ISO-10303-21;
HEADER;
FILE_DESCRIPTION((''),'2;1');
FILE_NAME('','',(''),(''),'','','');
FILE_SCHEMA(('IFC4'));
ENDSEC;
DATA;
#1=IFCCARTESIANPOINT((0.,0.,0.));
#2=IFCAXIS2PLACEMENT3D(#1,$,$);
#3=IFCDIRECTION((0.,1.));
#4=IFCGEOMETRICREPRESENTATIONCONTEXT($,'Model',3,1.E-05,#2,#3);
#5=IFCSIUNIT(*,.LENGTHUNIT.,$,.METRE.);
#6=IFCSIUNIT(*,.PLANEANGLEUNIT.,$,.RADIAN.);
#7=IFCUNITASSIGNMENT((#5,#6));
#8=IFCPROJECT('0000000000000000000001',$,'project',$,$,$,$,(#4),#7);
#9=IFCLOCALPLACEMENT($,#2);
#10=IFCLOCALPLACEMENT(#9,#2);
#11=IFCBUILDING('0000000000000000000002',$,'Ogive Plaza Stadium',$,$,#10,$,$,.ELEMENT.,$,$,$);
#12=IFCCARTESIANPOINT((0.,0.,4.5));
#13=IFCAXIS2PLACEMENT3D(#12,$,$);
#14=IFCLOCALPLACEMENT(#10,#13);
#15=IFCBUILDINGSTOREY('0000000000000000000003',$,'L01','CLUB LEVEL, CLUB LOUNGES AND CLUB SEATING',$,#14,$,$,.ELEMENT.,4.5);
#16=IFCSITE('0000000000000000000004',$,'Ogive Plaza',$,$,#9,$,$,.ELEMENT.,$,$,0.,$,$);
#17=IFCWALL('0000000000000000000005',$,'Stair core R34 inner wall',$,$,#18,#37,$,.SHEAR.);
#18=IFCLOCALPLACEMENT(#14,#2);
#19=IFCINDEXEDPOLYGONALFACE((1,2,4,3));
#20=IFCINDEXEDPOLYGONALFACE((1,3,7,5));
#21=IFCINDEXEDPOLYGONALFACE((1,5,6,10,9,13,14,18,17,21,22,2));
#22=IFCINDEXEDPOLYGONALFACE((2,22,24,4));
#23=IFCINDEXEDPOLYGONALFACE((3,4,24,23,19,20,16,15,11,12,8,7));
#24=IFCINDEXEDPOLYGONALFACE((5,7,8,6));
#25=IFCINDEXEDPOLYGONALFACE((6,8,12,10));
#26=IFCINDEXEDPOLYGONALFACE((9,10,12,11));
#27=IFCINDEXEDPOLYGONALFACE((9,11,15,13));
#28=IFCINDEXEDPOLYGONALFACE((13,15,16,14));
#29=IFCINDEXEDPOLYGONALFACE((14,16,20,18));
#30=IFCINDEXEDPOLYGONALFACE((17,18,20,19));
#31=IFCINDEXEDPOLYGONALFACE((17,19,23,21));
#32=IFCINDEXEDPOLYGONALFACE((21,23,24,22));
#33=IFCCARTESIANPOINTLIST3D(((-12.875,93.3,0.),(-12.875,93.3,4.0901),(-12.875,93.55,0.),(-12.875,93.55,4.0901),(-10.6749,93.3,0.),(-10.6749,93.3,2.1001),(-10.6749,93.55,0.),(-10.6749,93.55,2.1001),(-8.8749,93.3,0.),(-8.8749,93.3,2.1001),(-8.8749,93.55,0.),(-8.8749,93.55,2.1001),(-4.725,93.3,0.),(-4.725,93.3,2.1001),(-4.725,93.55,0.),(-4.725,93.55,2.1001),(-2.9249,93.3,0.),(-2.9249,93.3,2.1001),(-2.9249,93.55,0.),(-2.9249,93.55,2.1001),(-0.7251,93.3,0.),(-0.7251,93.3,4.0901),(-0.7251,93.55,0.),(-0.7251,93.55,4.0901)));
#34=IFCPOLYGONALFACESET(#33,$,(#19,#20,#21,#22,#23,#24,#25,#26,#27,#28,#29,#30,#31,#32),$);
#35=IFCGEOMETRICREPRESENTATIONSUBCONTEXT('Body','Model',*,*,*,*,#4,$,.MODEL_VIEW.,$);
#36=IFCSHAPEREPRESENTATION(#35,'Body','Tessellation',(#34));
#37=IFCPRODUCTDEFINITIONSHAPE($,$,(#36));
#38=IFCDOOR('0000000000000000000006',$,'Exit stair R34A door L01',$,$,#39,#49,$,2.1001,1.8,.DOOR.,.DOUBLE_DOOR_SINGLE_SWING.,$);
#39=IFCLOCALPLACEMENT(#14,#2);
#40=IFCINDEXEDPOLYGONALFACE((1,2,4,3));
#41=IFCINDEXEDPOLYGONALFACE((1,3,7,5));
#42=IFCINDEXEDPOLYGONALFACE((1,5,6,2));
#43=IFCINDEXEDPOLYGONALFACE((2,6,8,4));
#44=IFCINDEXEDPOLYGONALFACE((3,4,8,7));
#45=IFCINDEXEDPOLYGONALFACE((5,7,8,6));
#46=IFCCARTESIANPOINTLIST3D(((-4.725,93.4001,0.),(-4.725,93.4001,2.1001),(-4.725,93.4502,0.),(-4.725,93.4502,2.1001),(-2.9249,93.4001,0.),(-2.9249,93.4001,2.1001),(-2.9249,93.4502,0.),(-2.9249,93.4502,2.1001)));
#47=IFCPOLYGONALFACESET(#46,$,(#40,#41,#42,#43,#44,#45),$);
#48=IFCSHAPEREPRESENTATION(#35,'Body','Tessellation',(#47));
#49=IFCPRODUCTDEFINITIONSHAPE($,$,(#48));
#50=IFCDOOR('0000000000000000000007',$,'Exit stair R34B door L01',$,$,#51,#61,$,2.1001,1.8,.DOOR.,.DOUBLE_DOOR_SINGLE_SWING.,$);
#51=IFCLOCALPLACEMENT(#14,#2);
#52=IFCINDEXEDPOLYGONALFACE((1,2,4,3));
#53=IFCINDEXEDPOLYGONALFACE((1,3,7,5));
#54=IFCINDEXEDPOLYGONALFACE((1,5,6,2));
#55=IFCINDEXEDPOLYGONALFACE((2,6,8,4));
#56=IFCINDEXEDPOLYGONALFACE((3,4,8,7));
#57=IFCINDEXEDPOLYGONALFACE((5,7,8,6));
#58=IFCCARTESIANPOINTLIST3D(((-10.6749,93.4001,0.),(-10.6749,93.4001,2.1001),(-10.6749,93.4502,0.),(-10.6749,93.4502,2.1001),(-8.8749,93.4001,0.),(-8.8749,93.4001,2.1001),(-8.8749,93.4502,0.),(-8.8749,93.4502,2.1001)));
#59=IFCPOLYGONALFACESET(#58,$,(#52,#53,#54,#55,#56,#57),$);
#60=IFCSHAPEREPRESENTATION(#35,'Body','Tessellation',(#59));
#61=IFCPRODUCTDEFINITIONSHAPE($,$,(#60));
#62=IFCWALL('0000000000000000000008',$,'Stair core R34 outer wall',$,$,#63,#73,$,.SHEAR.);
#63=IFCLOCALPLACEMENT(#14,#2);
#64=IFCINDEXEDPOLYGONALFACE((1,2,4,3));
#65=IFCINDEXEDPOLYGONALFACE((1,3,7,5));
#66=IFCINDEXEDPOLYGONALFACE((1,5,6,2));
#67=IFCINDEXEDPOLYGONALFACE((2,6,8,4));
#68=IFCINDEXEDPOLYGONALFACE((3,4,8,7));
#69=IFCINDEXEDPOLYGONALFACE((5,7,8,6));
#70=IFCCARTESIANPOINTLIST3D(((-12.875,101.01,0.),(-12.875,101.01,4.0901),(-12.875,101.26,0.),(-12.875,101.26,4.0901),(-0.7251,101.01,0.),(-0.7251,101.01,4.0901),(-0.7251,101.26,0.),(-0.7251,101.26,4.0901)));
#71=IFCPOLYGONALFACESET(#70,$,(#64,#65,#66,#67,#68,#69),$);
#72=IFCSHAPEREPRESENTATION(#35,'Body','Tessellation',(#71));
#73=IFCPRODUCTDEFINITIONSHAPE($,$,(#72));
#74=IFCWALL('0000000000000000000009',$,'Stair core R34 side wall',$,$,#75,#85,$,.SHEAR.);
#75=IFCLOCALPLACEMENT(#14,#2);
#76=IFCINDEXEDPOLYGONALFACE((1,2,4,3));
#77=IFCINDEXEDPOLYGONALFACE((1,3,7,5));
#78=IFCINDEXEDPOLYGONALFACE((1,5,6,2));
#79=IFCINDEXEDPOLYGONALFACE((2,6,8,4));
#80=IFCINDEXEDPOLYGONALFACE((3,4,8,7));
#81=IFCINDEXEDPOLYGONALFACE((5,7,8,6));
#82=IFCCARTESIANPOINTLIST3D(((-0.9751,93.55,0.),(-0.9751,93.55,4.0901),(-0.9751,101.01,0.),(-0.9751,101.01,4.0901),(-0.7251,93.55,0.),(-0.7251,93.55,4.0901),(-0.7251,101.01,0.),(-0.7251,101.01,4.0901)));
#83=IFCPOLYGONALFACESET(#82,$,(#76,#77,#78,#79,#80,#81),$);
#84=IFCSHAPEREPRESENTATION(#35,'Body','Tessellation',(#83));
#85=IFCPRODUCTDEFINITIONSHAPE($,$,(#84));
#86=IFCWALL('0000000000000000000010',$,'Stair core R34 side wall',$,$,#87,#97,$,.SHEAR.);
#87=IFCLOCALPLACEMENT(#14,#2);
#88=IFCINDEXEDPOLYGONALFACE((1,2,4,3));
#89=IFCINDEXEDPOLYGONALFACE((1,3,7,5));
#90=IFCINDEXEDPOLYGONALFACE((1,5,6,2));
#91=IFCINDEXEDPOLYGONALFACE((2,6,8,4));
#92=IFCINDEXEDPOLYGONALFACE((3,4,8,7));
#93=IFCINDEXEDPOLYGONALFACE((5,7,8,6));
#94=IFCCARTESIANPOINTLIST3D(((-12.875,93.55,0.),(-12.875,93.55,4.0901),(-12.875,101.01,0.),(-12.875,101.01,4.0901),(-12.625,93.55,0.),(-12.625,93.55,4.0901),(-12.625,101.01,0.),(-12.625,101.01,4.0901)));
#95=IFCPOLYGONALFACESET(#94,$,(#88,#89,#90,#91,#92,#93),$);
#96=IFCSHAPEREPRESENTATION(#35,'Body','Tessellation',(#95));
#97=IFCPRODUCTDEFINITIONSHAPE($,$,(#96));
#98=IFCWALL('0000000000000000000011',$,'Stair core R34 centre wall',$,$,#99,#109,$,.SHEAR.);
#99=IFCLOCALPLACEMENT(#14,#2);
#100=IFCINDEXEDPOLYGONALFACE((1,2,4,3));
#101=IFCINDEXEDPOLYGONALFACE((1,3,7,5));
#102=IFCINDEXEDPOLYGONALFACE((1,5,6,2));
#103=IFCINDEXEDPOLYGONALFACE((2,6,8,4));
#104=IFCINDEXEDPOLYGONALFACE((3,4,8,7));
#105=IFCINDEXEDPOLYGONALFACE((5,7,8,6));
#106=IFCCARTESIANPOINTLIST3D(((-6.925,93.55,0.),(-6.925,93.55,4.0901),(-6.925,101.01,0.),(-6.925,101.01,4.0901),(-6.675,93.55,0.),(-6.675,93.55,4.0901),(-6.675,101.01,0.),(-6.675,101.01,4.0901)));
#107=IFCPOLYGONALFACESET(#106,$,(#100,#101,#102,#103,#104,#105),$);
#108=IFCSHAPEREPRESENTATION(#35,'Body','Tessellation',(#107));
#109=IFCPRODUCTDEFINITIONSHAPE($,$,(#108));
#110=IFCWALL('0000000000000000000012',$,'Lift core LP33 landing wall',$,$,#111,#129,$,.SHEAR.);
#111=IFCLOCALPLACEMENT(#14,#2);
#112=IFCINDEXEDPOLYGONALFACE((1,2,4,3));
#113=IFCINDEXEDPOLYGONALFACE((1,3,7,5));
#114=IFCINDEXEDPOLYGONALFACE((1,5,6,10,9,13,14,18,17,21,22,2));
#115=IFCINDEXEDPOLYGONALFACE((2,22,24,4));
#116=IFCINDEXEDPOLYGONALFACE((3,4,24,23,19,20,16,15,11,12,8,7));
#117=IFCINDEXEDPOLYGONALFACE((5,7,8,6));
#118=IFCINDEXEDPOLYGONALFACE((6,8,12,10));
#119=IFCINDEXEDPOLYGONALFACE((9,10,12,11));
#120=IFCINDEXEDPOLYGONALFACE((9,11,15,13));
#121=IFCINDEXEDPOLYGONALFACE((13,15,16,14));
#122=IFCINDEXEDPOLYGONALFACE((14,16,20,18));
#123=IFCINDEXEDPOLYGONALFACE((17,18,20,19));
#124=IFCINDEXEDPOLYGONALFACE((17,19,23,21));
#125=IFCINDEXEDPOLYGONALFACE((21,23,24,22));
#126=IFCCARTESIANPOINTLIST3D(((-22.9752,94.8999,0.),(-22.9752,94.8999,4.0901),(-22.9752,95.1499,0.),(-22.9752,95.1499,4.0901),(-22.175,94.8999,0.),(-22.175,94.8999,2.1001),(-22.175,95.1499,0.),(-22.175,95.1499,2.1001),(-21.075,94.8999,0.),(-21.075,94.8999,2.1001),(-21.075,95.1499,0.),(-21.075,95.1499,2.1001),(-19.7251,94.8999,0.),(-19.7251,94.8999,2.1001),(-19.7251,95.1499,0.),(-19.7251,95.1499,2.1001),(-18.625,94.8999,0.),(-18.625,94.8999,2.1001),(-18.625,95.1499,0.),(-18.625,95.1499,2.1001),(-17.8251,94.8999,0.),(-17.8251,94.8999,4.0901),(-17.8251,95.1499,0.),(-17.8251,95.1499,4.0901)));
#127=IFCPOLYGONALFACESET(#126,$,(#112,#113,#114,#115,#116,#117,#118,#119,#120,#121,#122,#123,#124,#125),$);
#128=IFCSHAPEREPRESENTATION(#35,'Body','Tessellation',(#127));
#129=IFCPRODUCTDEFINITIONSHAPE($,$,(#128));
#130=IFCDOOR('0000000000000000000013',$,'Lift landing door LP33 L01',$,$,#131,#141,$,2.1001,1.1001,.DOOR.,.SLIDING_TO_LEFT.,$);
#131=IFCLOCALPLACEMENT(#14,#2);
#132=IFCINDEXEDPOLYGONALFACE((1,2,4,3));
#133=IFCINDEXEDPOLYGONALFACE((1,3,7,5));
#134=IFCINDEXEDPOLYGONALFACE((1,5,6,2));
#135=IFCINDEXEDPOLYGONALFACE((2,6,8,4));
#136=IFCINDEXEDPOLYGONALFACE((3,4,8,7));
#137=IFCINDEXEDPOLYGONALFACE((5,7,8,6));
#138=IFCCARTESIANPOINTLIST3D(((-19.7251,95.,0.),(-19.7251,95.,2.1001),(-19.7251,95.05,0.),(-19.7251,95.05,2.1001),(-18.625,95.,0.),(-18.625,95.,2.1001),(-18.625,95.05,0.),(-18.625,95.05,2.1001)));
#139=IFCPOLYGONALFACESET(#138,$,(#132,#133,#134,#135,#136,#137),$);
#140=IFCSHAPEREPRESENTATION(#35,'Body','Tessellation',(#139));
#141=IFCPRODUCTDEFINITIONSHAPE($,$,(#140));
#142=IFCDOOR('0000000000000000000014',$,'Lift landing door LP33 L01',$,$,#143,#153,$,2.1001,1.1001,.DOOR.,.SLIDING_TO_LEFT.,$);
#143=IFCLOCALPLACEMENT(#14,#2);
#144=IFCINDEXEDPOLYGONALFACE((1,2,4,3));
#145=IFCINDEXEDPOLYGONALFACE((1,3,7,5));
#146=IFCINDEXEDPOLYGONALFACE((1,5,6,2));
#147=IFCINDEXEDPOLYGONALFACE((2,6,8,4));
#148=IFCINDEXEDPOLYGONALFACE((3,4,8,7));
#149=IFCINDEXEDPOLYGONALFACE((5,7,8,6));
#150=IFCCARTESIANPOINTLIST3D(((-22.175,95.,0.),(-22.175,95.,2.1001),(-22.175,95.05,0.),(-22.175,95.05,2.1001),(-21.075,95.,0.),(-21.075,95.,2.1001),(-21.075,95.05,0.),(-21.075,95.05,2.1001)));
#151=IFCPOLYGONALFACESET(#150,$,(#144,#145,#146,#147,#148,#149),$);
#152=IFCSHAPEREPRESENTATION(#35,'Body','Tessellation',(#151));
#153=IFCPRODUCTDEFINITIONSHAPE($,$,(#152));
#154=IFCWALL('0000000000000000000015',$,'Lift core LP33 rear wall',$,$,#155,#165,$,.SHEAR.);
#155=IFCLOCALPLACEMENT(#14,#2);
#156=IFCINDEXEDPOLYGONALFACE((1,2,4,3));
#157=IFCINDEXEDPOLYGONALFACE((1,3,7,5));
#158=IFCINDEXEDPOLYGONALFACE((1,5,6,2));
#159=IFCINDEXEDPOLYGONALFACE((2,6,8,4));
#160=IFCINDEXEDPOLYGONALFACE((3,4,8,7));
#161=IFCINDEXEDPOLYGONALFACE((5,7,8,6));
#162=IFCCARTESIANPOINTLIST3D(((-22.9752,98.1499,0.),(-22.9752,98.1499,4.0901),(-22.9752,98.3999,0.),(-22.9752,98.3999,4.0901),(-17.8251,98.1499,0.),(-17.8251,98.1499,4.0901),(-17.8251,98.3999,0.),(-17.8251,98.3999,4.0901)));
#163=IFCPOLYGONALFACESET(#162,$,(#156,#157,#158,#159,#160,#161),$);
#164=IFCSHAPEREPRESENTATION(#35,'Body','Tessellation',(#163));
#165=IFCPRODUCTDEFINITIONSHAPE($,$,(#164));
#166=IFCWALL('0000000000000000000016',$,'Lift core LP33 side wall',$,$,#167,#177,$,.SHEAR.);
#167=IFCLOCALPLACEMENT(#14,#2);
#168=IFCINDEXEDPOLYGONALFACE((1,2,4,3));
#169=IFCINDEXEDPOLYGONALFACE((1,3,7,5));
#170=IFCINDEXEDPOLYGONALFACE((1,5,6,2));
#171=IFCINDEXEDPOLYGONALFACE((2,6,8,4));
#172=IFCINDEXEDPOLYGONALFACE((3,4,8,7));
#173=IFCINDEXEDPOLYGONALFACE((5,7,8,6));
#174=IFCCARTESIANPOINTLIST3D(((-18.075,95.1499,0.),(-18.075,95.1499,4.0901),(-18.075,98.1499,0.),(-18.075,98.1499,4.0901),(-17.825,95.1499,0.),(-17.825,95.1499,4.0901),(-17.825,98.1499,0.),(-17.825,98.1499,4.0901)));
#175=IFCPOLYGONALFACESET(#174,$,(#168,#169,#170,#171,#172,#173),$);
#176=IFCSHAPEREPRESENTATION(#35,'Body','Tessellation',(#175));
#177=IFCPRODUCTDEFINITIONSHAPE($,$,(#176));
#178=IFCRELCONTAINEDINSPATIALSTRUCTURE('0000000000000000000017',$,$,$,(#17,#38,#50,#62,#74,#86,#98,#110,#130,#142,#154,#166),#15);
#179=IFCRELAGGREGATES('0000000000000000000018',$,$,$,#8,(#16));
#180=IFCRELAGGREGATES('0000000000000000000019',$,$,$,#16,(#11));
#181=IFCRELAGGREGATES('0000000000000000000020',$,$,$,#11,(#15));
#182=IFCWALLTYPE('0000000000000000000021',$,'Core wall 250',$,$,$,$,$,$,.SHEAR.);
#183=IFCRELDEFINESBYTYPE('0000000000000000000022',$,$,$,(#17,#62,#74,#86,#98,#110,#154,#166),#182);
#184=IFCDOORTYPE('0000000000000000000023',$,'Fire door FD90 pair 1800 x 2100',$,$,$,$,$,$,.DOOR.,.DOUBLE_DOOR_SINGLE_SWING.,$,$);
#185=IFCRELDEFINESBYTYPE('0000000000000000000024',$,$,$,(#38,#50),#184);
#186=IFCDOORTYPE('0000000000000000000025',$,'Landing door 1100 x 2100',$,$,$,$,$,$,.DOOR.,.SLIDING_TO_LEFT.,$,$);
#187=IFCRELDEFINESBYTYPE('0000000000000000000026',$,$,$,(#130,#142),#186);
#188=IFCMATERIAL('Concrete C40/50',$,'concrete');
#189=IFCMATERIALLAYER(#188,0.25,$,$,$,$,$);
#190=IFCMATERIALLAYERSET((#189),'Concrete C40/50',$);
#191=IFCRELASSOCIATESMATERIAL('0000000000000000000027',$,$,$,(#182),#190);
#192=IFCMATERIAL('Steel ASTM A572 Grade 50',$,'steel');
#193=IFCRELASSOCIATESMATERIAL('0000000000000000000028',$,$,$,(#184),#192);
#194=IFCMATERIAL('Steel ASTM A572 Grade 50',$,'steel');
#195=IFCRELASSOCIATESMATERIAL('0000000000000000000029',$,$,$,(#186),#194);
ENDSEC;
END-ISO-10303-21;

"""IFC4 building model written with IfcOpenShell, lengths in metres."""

from ifc_helpers import new_model, si_unit, direction, frame, frame_2d, origin, place, context, subcontext, project, spatial, rectangle, extrude, material, layer, layer_set, type_object, element, fill, save


model = new_model("IFC4")

# Units and contexts
model_context = context("Model", 3, precision=1e-05, world=origin(), true_north=direction((0.0, 1.0)))
body_context = subcontext(model_context, "Body", "Model", "MODEL_VIEW")
ifc_project = project(units=[si_unit("LENGTHUNIT", "METRE"), si_unit("PLANEANGLEUNIT", "RADIAN")], contexts=[model_context])

# Site, building, storey
site_placement = place(None, origin())
site = spatial("IfcSite", under=ifc_project, at=site_placement, Name="Ogive Plaza", CompositionType="ELEMENT", RefElevation=0.0)
building_placement = place(site_placement, origin())
building = spatial("IfcBuilding", under=site, at=building_placement, Name="Ogive Plaza Stadium", CompositionType="ELEMENT")
storey_placement = place(building_placement, frame((0.0, 0.0, 4.5)))
storey = spatial("IfcBuildingStorey", under=building, at=storey_placement, Name="L01", Description="CLUB LEVEL, CLUB LOUNGES AND CLUB SEATING", CompositionType="ELEMENT", Elevation=4.5)

# Wall, openings, doors
ifc_material_1 = material(Name="Concrete C40/50", Category="concrete")
ifc_layer_1 = layer(ifc_material_1, 0.25)
ifc_layer_set_1 = layer_set([ifc_layer_1], Name="Concrete C40/50")
wall_type = type_object("IfcWallType", Name="Core wall 250", PredefinedType="SHEAR", material=ifc_layer_set_1)
wall_1_placement = place(storey_placement, frame((-0.7251, 93.425, 0.0), z_axis=(0.0, 0.0, 1.0), x_axis=(-1.0, 0.0, 0.0)))
wall_1 = element("IfcWall", 1, at=wall_1_placement, inside=storey, type_object=wall_type, Name="Stair core R34 inner wall", PredefinedType="SHEAR", context=body_context, shape_type="SweptSolid", body=[
    extrude(rectangle(XDim=12.1499, YDim=0.25, at=frame_2d((6.075, 0.0))), origin(), (0.0, 0.0, 1.0), 4.0901),
])
opening_1_placement = place(wall_1_placement, frame((2.2, 0.0, 0.0)))
opening_1 = element("IfcOpeningElement", 2, at=opening_1_placement, cuts=wall_1, PredefinedType="OPENING", context=body_context, shape_type="SweptSolid", body=[
    extrude(rectangle(XDim=1.8, YDim=2.1001, at=frame_2d((0.8999, 1.05))), frame((0.0, 0.125, 0.0), z_axis=(0.0, -1.0, 0.0), x_axis=(1.0, 0.0, 0.0)), (0.0, 0.0, 1.0), 0.25),
])
opening_2_placement = place(wall_1_placement, frame((8.1499, 0.0, 0.0)))
opening_2 = element("IfcOpeningElement", 3, at=opening_2_placement, cuts=wall_1, PredefinedType="OPENING", context=body_context, shape_type="SweptSolid", body=[
    extrude(rectangle(XDim=1.8, YDim=2.1001, at=frame_2d((0.8999, 1.05))), frame((0.0, 0.125, 0.0), z_axis=(0.0, -1.0, 0.0), x_axis=(1.0, 0.0, 0.0)), (0.0, 0.0, 1.0), 0.25),
])
ifc_material_2 = material(Name="Steel ASTM A572 Grade 50", Category="steel")
door_type_1 = type_object("IfcDoorType", Name="Fire door FD90 pair 1800 x 2100", OperationType="DOUBLE_DOOR_SINGLE_SWING", PredefinedType="DOOR", material=ifc_material_2)
door_1_placement = place(opening_1_placement, origin())
door_1 = element("IfcDoor", 4, at=door_1_placement, inside=storey, type_object=door_type_1, Name="Exit stair R34A door L01", OperationType="DOUBLE_DOOR_SINGLE_SWING", OverallHeight=2.1001, OverallWidth=1.8, PredefinedType="DOOR", context=body_context, shape_type="SweptSolid", body=[
    extrude(rectangle(XDim=1.8, YDim=2.1001, at=frame_2d((0.8999, 1.05))), frame((0.0, 0.0249, 0.0), z_axis=(0.0, -1.0, 0.0), x_axis=(1.0, 0.0, 0.0)), (0.0, 0.0, 1.0), 0.05),
])
fill(opening_1, door_1)
door_2_placement = place(opening_2_placement, origin())
door_2 = element("IfcDoor", 5, at=door_2_placement, inside=storey, type_object=door_type_1, Name="Exit stair R34B door L01", OperationType="DOUBLE_DOOR_SINGLE_SWING", OverallHeight=2.1001, OverallWidth=1.8, PredefinedType="DOOR", context=body_context, shape_type="SweptSolid", body=[
    extrude(rectangle(XDim=1.8, YDim=2.1001, at=frame_2d((0.8999, 1.05))), frame((0.0, 0.0249, 0.0), z_axis=(0.0, -1.0, 0.0), x_axis=(1.0, 0.0, 0.0)), (0.0, 0.0, 1.0), 0.05),
])
fill(opening_2, door_2)

# Walls
wall_2_placement = place(storey_placement, frame((-0.7251, 101.135, 0.0), z_axis=(0.0, 0.0, 1.0), x_axis=(-1.0, 0.0, 0.0)))
element("IfcWall", 6, at=wall_2_placement, inside=storey, type_object=wall_type, Name="Stair core R34 outer wall", PredefinedType="SHEAR", context=body_context, shape_type="SweptSolid", body=[
    extrude(rectangle(XDim=12.1499, YDim=0.25, at=frame_2d((6.075, 0.0))), origin(), (0.0, 0.0, 1.0), 4.0901),
])
for number, where, z_axis, x_axis, name in (
    (7, (-0.8501, 93.55, 0.0), (0.0, 0.0, 1.0), (0.0, 1.0, 0.0), "Stair core R34 side wall"),
    (8, (-12.75, 93.55, 0.0), (0.0, 0.0, 1.0), (0.0, 1.0, 0.0), "Stair core R34 side wall"),
    (9, (-6.8, 93.55, 0.0), (0.0, 0.0, 1.0), (0.0, 1.0, 0.0), "Stair core R34 centre wall"),
):
    element("IfcWall", number, at=place(storey_placement, frame(where, z_axis=z_axis, x_axis=x_axis)), inside=storey, type_object=wall_type, Name=name, PredefinedType="SHEAR", context=body_context, shape_type="SweptSolid", body=[
        extrude(rectangle(XDim=7.46, YDim=0.25, at=frame_2d((3.73, 0.0))), origin(), (0.0, 0.0, 1.0), 4.0901),
    ])

# Wall, openings, doors
wall_3_placement = place(storey_placement, frame((-17.825, 95.0249, 0.0), z_axis=(0.0, 0.0, 1.0), x_axis=(-1.0, 0.0, 0.0)))
wall_3 = element("IfcWall", 10, at=wall_3_placement, inside=storey, type_object=wall_type, Name="Lift core LP33 landing wall", PredefinedType="SHEAR", context=body_context, shape_type="SweptSolid", body=[
    extrude(rectangle(XDim=5.1501, YDim=0.25, at=frame_2d((2.5752, 0.0))), origin(), (0.0, 0.0, 1.0), 4.0901),
])
opening_3_placement = place(wall_3_placement, frame((0.8, 0.0, 0.0)))
opening_3 = element("IfcOpeningElement", 11, at=opening_3_placement, cuts=wall_3, PredefinedType="OPENING", context=body_context, shape_type="SweptSolid", body=[
    extrude(rectangle(XDim=1.1001, YDim=2.1001, at=frame_2d((0.55, 1.05))), frame((0.0, 0.125, 0.0), z_axis=(0.0, -1.0, 0.0), x_axis=(1.0, 0.0, 0.0)), (0.0, 0.0, 1.0), 0.25),
])
opening_4_placement = place(wall_3_placement, frame((3.25, 0.0, 0.0)))
opening_4 = element("IfcOpeningElement", 12, at=opening_4_placement, cuts=wall_3, PredefinedType="OPENING", context=body_context, shape_type="SweptSolid", body=[
    extrude(rectangle(XDim=1.1001, YDim=2.1001, at=frame_2d((0.55, 1.05))), frame((0.0, 0.125, 0.0), z_axis=(0.0, -1.0, 0.0), x_axis=(1.0, 0.0, 0.0)), (0.0, 0.0, 1.0), 0.25),
])
ifc_material_3 = material(Name="Steel ASTM A572 Grade 50", Category="steel")
door_type_2 = type_object("IfcDoorType", Name="Landing door 1100 x 2100", OperationType="SLIDING_TO_LEFT", PredefinedType="DOOR", material=ifc_material_3)
door_3_placement = place(opening_3_placement, origin())
door_3 = element("IfcDoor", 13, at=door_3_placement, inside=storey, type_object=door_type_2, Name="Lift landing door LP33 L01", OperationType="SLIDING_TO_LEFT", OverallHeight=2.1001, OverallWidth=1.1001, PredefinedType="DOOR", context=body_context, shape_type="SweptSolid", body=[
    extrude(rectangle(XDim=1.1001, YDim=2.1001, at=frame_2d((0.55, 1.05))), frame((0.0, 0.0249, 0.0), z_axis=(0.0, -1.0, 0.0), x_axis=(1.0, 0.0, 0.0)), (0.0, 0.0, 1.0), 0.05),
])
fill(opening_3, door_3)
door_4_placement = place(opening_4_placement, origin())
door_4 = element("IfcDoor", 14, at=door_4_placement, inside=storey, type_object=door_type_2, Name="Lift landing door LP33 L01", OperationType="SLIDING_TO_LEFT", OverallHeight=2.1001, OverallWidth=1.1001, PredefinedType="DOOR", context=body_context, shape_type="SweptSolid", body=[
    extrude(rectangle(XDim=1.1001, YDim=2.1001, at=frame_2d((0.55, 1.05))), frame((0.0, 0.0249, 0.0), z_axis=(0.0, -1.0, 0.0), x_axis=(1.0, 0.0, 0.0)), (0.0, 0.0, 1.0), 0.05),
])
fill(opening_4, door_4)

# Walls
wall_4_placement = place(storey_placement, frame((-17.825, 98.2749, 0.0), z_axis=(0.0, 0.0, 1.0), x_axis=(-1.0, 0.0, 0.0)))
element("IfcWall", 15, at=wall_4_placement, inside=storey, type_object=wall_type, Name="Lift core LP33 rear wall", PredefinedType="SHEAR", context=body_context, shape_type="SweptSolid", body=[
    extrude(rectangle(XDim=5.1501, YDim=0.25, at=frame_2d((2.5752, 0.0))), origin(), (0.0, 0.0, 1.0), 4.0901),
])
wall_5_placement = place(storey_placement, frame((-17.95, 95.1499, 0.0), z_axis=(0.0, 0.0, 1.0), x_axis=(0.0, 1.0, 0.0)))
element("IfcWall", 16, at=wall_5_placement, inside=storey, type_object=wall_type, Name="Lift core LP33 side wall", PredefinedType="SHEAR", context=body_context, shape_type="SweptSolid", body=[
    extrude(rectangle(XDim=3.0, YDim=0.25, at=frame_2d((1.5, 0.0))), origin(), (0.0, 0.0, 1.0), 4.0901),
])

save(model, "model.ifc")
